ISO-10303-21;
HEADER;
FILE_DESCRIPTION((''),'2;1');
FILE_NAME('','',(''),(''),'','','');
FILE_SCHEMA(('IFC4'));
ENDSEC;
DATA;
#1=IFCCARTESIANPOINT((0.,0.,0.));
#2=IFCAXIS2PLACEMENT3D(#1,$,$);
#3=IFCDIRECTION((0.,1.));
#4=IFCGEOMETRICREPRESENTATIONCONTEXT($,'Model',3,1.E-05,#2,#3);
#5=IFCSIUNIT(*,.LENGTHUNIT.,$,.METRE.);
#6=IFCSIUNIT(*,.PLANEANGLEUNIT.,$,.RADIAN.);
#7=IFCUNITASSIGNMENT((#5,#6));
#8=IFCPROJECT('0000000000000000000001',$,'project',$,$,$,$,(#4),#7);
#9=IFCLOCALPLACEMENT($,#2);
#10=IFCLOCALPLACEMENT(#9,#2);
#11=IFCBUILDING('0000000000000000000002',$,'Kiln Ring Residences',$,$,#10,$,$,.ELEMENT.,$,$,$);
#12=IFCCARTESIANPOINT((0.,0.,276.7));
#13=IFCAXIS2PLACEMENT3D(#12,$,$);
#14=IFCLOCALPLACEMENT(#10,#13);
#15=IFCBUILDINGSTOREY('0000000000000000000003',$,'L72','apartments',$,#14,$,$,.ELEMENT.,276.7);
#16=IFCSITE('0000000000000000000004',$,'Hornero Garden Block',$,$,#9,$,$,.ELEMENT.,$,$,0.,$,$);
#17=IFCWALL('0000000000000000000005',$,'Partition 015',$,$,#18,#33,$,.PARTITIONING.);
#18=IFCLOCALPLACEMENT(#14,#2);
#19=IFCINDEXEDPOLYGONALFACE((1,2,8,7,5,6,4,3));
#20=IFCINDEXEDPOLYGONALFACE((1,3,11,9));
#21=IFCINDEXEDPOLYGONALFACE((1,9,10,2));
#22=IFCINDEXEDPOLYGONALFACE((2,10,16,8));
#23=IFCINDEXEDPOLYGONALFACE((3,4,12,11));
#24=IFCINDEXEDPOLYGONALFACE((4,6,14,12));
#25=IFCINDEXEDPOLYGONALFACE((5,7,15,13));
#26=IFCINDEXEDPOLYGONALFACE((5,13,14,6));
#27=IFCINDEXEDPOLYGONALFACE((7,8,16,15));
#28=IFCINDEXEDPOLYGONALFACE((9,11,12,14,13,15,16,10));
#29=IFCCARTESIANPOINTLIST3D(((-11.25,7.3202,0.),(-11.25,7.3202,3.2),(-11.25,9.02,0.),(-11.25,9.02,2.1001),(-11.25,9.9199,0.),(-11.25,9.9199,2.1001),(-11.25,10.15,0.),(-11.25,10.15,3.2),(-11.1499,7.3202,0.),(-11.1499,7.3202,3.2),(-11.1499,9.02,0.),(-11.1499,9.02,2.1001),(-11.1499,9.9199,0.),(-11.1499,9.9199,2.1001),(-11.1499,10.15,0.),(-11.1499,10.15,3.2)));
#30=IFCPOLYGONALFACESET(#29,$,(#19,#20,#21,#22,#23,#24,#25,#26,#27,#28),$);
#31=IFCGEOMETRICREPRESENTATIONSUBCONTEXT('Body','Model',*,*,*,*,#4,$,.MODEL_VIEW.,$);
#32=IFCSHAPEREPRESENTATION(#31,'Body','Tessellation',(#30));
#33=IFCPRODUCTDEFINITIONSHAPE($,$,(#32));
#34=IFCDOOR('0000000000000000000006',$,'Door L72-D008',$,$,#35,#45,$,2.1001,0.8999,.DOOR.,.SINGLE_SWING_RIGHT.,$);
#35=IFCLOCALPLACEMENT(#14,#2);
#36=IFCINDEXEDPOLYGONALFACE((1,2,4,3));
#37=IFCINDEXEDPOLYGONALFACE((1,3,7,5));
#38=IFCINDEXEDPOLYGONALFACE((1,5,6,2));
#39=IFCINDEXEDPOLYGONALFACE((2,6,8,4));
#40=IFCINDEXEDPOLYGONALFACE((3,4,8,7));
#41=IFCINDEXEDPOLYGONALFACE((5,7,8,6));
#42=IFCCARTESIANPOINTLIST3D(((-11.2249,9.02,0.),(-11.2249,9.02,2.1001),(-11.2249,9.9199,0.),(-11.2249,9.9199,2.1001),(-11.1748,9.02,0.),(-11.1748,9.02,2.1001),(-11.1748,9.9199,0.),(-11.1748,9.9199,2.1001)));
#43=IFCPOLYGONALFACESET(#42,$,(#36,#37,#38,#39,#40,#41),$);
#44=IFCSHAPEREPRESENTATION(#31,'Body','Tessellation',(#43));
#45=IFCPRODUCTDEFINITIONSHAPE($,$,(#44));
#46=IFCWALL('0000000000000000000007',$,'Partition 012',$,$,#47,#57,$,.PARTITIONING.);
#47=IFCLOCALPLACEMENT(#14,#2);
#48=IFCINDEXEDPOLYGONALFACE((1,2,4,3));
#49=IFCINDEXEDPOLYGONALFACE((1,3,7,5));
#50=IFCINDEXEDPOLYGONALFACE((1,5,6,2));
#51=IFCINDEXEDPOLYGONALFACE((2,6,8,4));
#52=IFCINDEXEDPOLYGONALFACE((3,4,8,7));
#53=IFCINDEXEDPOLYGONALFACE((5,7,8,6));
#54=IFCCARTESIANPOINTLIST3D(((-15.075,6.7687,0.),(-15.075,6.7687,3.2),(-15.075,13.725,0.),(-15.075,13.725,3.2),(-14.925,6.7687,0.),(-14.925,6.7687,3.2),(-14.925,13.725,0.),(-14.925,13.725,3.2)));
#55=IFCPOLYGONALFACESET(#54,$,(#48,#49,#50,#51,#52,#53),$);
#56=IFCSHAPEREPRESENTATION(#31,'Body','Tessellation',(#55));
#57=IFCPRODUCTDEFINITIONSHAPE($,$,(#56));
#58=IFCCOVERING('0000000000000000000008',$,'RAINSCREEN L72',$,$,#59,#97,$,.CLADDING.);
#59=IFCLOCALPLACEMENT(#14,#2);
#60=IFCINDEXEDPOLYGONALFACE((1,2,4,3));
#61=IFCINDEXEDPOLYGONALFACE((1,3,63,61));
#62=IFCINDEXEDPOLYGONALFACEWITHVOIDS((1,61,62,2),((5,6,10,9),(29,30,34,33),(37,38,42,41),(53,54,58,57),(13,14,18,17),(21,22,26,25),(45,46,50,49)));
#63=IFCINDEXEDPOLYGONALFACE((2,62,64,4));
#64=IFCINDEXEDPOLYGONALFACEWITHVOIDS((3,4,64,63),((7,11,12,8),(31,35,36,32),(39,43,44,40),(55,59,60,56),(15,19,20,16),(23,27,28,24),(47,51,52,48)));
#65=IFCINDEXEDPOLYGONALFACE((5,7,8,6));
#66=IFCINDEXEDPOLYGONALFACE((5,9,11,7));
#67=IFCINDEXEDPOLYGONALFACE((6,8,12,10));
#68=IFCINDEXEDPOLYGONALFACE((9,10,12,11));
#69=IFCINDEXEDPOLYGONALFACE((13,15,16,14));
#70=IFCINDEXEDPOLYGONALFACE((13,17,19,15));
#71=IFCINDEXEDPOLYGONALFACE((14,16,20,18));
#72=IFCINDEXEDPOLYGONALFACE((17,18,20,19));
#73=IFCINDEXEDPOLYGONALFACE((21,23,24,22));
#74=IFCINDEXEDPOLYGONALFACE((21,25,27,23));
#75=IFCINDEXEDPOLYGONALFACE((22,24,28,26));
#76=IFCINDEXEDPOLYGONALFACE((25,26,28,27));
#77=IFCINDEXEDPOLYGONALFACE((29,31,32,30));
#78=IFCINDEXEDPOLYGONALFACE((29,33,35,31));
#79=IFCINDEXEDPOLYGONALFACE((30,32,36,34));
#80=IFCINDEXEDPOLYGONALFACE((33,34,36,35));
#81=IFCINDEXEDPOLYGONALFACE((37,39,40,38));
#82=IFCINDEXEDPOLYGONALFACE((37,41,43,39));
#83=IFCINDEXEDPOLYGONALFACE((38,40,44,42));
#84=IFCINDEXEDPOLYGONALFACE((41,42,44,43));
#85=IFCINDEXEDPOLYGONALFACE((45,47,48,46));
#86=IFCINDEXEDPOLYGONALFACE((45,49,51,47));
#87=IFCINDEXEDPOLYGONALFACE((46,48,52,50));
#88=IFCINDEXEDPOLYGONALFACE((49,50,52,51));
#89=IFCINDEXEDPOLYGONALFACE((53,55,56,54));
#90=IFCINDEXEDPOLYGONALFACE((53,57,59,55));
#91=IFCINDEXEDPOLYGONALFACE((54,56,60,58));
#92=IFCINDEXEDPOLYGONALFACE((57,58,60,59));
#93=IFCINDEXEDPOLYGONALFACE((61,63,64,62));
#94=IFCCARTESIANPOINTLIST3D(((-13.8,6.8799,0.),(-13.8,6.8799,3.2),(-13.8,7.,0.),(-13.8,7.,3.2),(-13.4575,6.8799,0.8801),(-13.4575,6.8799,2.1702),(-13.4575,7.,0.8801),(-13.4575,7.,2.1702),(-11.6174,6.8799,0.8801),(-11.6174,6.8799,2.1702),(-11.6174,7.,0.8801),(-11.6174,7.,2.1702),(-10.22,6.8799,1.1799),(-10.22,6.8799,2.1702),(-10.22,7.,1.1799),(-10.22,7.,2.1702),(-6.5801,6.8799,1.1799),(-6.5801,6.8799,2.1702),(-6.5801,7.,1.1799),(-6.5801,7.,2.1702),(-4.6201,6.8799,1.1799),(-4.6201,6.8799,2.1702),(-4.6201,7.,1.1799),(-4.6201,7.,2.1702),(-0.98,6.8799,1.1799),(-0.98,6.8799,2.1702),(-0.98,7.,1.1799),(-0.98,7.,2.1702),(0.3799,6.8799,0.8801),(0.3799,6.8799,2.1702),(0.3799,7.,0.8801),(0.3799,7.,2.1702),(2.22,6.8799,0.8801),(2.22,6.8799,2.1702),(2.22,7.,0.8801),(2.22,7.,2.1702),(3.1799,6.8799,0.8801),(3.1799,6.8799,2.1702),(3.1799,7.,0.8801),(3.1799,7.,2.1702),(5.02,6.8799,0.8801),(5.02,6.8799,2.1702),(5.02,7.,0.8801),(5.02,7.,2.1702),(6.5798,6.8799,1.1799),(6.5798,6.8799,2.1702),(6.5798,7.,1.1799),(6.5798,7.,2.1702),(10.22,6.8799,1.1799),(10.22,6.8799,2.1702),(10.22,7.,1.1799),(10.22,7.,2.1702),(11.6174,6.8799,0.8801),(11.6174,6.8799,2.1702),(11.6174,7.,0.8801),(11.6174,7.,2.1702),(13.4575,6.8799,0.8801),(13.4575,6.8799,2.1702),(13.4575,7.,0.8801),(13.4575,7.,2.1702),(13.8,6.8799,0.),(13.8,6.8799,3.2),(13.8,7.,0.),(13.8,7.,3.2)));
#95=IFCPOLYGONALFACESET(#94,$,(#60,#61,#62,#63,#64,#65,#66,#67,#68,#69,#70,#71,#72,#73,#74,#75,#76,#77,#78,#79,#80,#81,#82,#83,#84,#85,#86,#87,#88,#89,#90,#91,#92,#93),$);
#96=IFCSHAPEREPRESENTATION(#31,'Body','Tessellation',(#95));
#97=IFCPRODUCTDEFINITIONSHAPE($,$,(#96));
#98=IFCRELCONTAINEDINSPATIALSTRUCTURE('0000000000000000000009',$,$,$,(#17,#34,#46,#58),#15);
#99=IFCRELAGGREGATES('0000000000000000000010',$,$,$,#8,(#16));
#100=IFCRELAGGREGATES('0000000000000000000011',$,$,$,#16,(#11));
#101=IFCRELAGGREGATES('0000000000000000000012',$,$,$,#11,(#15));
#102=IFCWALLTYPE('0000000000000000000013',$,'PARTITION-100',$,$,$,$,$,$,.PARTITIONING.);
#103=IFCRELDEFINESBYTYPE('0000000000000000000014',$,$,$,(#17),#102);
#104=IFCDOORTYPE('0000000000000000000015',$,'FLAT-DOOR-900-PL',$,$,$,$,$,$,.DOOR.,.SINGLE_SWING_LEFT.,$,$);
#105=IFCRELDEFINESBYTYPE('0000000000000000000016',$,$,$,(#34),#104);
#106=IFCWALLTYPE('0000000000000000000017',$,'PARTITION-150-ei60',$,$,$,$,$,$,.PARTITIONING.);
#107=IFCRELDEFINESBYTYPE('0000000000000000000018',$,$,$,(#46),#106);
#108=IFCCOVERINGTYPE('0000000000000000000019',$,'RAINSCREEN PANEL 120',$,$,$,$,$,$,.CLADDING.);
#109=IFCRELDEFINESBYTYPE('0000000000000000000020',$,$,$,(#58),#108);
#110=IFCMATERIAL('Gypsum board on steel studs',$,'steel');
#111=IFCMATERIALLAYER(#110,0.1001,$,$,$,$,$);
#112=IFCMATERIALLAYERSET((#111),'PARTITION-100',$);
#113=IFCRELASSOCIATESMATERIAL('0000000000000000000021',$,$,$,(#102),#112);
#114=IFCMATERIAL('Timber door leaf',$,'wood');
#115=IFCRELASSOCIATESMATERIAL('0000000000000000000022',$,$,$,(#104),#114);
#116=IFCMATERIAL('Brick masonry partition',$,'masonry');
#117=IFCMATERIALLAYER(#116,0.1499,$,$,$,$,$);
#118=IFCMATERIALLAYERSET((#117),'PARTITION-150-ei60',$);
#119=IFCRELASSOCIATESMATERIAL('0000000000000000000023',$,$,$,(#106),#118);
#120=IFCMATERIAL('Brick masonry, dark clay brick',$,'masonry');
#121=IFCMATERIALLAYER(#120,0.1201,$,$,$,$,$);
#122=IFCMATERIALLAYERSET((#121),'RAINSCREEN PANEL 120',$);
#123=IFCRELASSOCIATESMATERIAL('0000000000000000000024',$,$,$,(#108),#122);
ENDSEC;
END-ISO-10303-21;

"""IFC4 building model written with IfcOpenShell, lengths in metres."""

from ifc_helpers import new_model, si_unit, direction, frame, frame_2d, origin, place, context, subcontext, project, spatial, polyline, rectangle, outline, extrude, material, layer, layer_set, type_object, element, fill, save


model = new_model("IFC4")

# Units and contexts
model_context = context("Model", 3, precision=1e-05, world=origin(), true_north=direction((0.0, 1.0)))
body_context = subcontext(model_context, "Body", "Model", "MODEL_VIEW")
ifc_project = project(units=[si_unit("LENGTHUNIT", "METRE"), si_unit("PLANEANGLEUNIT", "RADIAN")], contexts=[model_context])

# Site, building, storey
site_placement = place(None, origin())
site = spatial("IfcSite", under=ifc_project, at=site_placement, Name="Hornero Garden Block", CompositionType="ELEMENT", RefElevation=0.0)
building_placement = place(site_placement, origin())
building = spatial("IfcBuilding", under=site, at=building_placement, Name="Kiln Ring Residences", CompositionType="ELEMENT")
storey_placement = place(building_placement, frame((0.0, 0.0, 276.7)))
storey = spatial("IfcBuildingStorey", under=building, at=storey_placement, Name="L72", Description="apartments", CompositionType="ELEMENT", Elevation=276.7)

# Wall, opening, door
ifc_material_1 = material(Name="Gypsum board on steel studs", Category="steel")
ifc_layer_1 = layer(ifc_material_1, 0.1001)
ifc_layer_set_1 = layer_set([ifc_layer_1], Name="PARTITION-100")
wall_type_1 = type_object("IfcWallType", Name="PARTITION-100", PredefinedType="PARTITIONING", material=ifc_layer_set_1)
wall_1_placement = place(storey_placement, frame((-11.2, 7.3201, 0.0), z_axis=(0.0, 0.0, 1.0), x_axis=(0.0, 1.0, 0.0)))
wall_1 = element("IfcWall", 1, at=wall_1_placement, inside=storey, type_object=wall_type_1, Name="Partition 015", PredefinedType="PARTITIONING", context=body_context, shape_type="SweptSolid", body=[
    extrude(rectangle(XDim=2.8298, YDim=0.1001, at=frame_2d((1.415, 0.0))), origin(), (0.0, 0.0, 1.0), 3.2),
])
opening_1_placement = place(wall_1_placement, frame((1.7, 0.0, 0.0)))
opening_1 = element("IfcOpeningElement", 2, at=opening_1_placement, cuts=wall_1, PredefinedType="OPENING", context=body_context, shape_type="SweptSolid", body=[
    extrude(rectangle(XDim=0.8999, YDim=2.1001, at=frame_2d((0.45, 1.05))), frame((0.0, 0.0601, 0.0), z_axis=(0.0, -1.0, 0.0), x_axis=(1.0, 0.0, 0.0)), (0.0, 0.0, 1.0), 0.1201),
])
ifc_material_2 = material(Name="Timber door leaf", Category="wood")
door_type = type_object("IfcDoorType", Name="FLAT-DOOR-900-PL", OperationType="SINGLE_SWING_LEFT", PredefinedType="DOOR", material=ifc_material_2)
door_placement = place(opening_1_placement, origin())
door = element("IfcDoor", 3, at=door_placement, inside=storey, type_object=door_type, Name="Door L72-D008", OperationType="SINGLE_SWING_RIGHT", OverallHeight=2.1001, OverallWidth=0.8999, PredefinedType="DOOR", context=body_context, shape_type="SweptSolid", body=[
    extrude(rectangle(XDim=0.8999, YDim=2.1001, at=frame_2d((0.45, 1.05))), frame((0.0, 0.0249, 0.0), z_axis=(0.0, -1.0, 0.0), x_axis=(1.0, 0.0, 0.0)), (0.0, 0.0, 1.0), 0.05),
])
fill(opening_1, door)

# Wall
ifc_material_3 = material(Name="Brick masonry partition", Category="masonry")
ifc_layer_2 = layer(ifc_material_3, 0.1499)
ifc_layer_set_2 = layer_set([ifc_layer_2], Name="PARTITION-150-ei60")
wall_type_2 = type_object("IfcWallType", Name="PARTITION-150-ei60", PredefinedType="PARTITIONING", material=ifc_layer_set_2)
wall_2_placement = place(storey_placement, frame((-15.0, 6.7688, 0.0), z_axis=(0.0, 0.0, 1.0), x_axis=(0.0, 1.0, 0.0)))
element("IfcWall", 4, at=wall_2_placement, inside=storey, type_object=wall_type_2, Name="Partition 012", PredefinedType="PARTITIONING", context=body_context, shape_type="SweptSolid", body=[
    extrude(rectangle(XDim=6.9563, YDim=0.1499, at=frame_2d((3.478, 0.0))), origin(), (0.0, 0.0, 1.0), 3.2),
])

# Covering
ifc_material_4 = material(Name="Brick masonry, dark clay brick", Category="masonry")
ifc_layer_3 = layer(ifc_material_4, 0.1201)
ifc_layer_set_3 = layer_set([ifc_layer_3], Name="RAINSCREEN PANEL 120")
covering_type = type_object("IfcCoveringType", Name="RAINSCREEN PANEL 120", PredefinedType="CLADDING", material=ifc_layer_set_3)
covering_placement = place(storey_placement, frame((-13.8, 6.9399, 0.0), z_axis=(0.0, 0.0, 1.0), x_axis=(1.0, 0.0, 0.0)))
element("IfcCovering", 5, at=covering_placement, inside=storey, type_object=covering_type, Name="RAINSCREEN L72", PredefinedType="CLADDING", context=body_context, shape_type="SweptSolid", body=[
    extrude(outline(polyline([(0.0, 0.0), (27.6001, 0.0), (27.6001, 3.2), (0.0, 3.2), (0.0, 0.0)]), holes=[polyline([(2.1826, 0.8801), (2.1826, 2.1702), (0.3425, 2.1702), (0.3425, 0.8801), (2.1826, 0.8801)]), polyline([(14.1799, 0.8801), (16.02, 0.8801), (16.02, 2.1702), (14.1799, 2.1702), (14.1799, 0.8801)]), polyline([(16.98, 0.8801), (18.8201, 0.8801), (18.8201, 2.1702), (16.98, 2.1702), (16.98, 0.8801)]), polyline([(25.4175, 0.8801), (27.2576, 0.8801), (27.2576, 2.1702), (25.4175, 2.1702), (25.4175, 0.8801)]), polyline([(3.5801, 1.1799), (7.22, 1.1799), (7.22, 2.1702), (3.5801, 2.1702), (3.5801, 1.1799)]), polyline([(9.1799, 1.1799), (12.8201, 1.1799), (12.8201, 2.1702), (9.1799, 2.1702), (9.1799, 1.1799)]), polyline([(20.3799, 1.1799), (24.02, 1.1799), (24.02, 2.1702), (20.3799, 2.1702), (20.3799, 1.1799)])]), frame((0.0, 0.0601, 0.0), z_axis=(0.0, -1.0, 0.0), x_axis=(1.0, 0.0, 0.0)), (0.0, 0.0, 1.0), 0.1201),
])

save(model, "model.ifc")
